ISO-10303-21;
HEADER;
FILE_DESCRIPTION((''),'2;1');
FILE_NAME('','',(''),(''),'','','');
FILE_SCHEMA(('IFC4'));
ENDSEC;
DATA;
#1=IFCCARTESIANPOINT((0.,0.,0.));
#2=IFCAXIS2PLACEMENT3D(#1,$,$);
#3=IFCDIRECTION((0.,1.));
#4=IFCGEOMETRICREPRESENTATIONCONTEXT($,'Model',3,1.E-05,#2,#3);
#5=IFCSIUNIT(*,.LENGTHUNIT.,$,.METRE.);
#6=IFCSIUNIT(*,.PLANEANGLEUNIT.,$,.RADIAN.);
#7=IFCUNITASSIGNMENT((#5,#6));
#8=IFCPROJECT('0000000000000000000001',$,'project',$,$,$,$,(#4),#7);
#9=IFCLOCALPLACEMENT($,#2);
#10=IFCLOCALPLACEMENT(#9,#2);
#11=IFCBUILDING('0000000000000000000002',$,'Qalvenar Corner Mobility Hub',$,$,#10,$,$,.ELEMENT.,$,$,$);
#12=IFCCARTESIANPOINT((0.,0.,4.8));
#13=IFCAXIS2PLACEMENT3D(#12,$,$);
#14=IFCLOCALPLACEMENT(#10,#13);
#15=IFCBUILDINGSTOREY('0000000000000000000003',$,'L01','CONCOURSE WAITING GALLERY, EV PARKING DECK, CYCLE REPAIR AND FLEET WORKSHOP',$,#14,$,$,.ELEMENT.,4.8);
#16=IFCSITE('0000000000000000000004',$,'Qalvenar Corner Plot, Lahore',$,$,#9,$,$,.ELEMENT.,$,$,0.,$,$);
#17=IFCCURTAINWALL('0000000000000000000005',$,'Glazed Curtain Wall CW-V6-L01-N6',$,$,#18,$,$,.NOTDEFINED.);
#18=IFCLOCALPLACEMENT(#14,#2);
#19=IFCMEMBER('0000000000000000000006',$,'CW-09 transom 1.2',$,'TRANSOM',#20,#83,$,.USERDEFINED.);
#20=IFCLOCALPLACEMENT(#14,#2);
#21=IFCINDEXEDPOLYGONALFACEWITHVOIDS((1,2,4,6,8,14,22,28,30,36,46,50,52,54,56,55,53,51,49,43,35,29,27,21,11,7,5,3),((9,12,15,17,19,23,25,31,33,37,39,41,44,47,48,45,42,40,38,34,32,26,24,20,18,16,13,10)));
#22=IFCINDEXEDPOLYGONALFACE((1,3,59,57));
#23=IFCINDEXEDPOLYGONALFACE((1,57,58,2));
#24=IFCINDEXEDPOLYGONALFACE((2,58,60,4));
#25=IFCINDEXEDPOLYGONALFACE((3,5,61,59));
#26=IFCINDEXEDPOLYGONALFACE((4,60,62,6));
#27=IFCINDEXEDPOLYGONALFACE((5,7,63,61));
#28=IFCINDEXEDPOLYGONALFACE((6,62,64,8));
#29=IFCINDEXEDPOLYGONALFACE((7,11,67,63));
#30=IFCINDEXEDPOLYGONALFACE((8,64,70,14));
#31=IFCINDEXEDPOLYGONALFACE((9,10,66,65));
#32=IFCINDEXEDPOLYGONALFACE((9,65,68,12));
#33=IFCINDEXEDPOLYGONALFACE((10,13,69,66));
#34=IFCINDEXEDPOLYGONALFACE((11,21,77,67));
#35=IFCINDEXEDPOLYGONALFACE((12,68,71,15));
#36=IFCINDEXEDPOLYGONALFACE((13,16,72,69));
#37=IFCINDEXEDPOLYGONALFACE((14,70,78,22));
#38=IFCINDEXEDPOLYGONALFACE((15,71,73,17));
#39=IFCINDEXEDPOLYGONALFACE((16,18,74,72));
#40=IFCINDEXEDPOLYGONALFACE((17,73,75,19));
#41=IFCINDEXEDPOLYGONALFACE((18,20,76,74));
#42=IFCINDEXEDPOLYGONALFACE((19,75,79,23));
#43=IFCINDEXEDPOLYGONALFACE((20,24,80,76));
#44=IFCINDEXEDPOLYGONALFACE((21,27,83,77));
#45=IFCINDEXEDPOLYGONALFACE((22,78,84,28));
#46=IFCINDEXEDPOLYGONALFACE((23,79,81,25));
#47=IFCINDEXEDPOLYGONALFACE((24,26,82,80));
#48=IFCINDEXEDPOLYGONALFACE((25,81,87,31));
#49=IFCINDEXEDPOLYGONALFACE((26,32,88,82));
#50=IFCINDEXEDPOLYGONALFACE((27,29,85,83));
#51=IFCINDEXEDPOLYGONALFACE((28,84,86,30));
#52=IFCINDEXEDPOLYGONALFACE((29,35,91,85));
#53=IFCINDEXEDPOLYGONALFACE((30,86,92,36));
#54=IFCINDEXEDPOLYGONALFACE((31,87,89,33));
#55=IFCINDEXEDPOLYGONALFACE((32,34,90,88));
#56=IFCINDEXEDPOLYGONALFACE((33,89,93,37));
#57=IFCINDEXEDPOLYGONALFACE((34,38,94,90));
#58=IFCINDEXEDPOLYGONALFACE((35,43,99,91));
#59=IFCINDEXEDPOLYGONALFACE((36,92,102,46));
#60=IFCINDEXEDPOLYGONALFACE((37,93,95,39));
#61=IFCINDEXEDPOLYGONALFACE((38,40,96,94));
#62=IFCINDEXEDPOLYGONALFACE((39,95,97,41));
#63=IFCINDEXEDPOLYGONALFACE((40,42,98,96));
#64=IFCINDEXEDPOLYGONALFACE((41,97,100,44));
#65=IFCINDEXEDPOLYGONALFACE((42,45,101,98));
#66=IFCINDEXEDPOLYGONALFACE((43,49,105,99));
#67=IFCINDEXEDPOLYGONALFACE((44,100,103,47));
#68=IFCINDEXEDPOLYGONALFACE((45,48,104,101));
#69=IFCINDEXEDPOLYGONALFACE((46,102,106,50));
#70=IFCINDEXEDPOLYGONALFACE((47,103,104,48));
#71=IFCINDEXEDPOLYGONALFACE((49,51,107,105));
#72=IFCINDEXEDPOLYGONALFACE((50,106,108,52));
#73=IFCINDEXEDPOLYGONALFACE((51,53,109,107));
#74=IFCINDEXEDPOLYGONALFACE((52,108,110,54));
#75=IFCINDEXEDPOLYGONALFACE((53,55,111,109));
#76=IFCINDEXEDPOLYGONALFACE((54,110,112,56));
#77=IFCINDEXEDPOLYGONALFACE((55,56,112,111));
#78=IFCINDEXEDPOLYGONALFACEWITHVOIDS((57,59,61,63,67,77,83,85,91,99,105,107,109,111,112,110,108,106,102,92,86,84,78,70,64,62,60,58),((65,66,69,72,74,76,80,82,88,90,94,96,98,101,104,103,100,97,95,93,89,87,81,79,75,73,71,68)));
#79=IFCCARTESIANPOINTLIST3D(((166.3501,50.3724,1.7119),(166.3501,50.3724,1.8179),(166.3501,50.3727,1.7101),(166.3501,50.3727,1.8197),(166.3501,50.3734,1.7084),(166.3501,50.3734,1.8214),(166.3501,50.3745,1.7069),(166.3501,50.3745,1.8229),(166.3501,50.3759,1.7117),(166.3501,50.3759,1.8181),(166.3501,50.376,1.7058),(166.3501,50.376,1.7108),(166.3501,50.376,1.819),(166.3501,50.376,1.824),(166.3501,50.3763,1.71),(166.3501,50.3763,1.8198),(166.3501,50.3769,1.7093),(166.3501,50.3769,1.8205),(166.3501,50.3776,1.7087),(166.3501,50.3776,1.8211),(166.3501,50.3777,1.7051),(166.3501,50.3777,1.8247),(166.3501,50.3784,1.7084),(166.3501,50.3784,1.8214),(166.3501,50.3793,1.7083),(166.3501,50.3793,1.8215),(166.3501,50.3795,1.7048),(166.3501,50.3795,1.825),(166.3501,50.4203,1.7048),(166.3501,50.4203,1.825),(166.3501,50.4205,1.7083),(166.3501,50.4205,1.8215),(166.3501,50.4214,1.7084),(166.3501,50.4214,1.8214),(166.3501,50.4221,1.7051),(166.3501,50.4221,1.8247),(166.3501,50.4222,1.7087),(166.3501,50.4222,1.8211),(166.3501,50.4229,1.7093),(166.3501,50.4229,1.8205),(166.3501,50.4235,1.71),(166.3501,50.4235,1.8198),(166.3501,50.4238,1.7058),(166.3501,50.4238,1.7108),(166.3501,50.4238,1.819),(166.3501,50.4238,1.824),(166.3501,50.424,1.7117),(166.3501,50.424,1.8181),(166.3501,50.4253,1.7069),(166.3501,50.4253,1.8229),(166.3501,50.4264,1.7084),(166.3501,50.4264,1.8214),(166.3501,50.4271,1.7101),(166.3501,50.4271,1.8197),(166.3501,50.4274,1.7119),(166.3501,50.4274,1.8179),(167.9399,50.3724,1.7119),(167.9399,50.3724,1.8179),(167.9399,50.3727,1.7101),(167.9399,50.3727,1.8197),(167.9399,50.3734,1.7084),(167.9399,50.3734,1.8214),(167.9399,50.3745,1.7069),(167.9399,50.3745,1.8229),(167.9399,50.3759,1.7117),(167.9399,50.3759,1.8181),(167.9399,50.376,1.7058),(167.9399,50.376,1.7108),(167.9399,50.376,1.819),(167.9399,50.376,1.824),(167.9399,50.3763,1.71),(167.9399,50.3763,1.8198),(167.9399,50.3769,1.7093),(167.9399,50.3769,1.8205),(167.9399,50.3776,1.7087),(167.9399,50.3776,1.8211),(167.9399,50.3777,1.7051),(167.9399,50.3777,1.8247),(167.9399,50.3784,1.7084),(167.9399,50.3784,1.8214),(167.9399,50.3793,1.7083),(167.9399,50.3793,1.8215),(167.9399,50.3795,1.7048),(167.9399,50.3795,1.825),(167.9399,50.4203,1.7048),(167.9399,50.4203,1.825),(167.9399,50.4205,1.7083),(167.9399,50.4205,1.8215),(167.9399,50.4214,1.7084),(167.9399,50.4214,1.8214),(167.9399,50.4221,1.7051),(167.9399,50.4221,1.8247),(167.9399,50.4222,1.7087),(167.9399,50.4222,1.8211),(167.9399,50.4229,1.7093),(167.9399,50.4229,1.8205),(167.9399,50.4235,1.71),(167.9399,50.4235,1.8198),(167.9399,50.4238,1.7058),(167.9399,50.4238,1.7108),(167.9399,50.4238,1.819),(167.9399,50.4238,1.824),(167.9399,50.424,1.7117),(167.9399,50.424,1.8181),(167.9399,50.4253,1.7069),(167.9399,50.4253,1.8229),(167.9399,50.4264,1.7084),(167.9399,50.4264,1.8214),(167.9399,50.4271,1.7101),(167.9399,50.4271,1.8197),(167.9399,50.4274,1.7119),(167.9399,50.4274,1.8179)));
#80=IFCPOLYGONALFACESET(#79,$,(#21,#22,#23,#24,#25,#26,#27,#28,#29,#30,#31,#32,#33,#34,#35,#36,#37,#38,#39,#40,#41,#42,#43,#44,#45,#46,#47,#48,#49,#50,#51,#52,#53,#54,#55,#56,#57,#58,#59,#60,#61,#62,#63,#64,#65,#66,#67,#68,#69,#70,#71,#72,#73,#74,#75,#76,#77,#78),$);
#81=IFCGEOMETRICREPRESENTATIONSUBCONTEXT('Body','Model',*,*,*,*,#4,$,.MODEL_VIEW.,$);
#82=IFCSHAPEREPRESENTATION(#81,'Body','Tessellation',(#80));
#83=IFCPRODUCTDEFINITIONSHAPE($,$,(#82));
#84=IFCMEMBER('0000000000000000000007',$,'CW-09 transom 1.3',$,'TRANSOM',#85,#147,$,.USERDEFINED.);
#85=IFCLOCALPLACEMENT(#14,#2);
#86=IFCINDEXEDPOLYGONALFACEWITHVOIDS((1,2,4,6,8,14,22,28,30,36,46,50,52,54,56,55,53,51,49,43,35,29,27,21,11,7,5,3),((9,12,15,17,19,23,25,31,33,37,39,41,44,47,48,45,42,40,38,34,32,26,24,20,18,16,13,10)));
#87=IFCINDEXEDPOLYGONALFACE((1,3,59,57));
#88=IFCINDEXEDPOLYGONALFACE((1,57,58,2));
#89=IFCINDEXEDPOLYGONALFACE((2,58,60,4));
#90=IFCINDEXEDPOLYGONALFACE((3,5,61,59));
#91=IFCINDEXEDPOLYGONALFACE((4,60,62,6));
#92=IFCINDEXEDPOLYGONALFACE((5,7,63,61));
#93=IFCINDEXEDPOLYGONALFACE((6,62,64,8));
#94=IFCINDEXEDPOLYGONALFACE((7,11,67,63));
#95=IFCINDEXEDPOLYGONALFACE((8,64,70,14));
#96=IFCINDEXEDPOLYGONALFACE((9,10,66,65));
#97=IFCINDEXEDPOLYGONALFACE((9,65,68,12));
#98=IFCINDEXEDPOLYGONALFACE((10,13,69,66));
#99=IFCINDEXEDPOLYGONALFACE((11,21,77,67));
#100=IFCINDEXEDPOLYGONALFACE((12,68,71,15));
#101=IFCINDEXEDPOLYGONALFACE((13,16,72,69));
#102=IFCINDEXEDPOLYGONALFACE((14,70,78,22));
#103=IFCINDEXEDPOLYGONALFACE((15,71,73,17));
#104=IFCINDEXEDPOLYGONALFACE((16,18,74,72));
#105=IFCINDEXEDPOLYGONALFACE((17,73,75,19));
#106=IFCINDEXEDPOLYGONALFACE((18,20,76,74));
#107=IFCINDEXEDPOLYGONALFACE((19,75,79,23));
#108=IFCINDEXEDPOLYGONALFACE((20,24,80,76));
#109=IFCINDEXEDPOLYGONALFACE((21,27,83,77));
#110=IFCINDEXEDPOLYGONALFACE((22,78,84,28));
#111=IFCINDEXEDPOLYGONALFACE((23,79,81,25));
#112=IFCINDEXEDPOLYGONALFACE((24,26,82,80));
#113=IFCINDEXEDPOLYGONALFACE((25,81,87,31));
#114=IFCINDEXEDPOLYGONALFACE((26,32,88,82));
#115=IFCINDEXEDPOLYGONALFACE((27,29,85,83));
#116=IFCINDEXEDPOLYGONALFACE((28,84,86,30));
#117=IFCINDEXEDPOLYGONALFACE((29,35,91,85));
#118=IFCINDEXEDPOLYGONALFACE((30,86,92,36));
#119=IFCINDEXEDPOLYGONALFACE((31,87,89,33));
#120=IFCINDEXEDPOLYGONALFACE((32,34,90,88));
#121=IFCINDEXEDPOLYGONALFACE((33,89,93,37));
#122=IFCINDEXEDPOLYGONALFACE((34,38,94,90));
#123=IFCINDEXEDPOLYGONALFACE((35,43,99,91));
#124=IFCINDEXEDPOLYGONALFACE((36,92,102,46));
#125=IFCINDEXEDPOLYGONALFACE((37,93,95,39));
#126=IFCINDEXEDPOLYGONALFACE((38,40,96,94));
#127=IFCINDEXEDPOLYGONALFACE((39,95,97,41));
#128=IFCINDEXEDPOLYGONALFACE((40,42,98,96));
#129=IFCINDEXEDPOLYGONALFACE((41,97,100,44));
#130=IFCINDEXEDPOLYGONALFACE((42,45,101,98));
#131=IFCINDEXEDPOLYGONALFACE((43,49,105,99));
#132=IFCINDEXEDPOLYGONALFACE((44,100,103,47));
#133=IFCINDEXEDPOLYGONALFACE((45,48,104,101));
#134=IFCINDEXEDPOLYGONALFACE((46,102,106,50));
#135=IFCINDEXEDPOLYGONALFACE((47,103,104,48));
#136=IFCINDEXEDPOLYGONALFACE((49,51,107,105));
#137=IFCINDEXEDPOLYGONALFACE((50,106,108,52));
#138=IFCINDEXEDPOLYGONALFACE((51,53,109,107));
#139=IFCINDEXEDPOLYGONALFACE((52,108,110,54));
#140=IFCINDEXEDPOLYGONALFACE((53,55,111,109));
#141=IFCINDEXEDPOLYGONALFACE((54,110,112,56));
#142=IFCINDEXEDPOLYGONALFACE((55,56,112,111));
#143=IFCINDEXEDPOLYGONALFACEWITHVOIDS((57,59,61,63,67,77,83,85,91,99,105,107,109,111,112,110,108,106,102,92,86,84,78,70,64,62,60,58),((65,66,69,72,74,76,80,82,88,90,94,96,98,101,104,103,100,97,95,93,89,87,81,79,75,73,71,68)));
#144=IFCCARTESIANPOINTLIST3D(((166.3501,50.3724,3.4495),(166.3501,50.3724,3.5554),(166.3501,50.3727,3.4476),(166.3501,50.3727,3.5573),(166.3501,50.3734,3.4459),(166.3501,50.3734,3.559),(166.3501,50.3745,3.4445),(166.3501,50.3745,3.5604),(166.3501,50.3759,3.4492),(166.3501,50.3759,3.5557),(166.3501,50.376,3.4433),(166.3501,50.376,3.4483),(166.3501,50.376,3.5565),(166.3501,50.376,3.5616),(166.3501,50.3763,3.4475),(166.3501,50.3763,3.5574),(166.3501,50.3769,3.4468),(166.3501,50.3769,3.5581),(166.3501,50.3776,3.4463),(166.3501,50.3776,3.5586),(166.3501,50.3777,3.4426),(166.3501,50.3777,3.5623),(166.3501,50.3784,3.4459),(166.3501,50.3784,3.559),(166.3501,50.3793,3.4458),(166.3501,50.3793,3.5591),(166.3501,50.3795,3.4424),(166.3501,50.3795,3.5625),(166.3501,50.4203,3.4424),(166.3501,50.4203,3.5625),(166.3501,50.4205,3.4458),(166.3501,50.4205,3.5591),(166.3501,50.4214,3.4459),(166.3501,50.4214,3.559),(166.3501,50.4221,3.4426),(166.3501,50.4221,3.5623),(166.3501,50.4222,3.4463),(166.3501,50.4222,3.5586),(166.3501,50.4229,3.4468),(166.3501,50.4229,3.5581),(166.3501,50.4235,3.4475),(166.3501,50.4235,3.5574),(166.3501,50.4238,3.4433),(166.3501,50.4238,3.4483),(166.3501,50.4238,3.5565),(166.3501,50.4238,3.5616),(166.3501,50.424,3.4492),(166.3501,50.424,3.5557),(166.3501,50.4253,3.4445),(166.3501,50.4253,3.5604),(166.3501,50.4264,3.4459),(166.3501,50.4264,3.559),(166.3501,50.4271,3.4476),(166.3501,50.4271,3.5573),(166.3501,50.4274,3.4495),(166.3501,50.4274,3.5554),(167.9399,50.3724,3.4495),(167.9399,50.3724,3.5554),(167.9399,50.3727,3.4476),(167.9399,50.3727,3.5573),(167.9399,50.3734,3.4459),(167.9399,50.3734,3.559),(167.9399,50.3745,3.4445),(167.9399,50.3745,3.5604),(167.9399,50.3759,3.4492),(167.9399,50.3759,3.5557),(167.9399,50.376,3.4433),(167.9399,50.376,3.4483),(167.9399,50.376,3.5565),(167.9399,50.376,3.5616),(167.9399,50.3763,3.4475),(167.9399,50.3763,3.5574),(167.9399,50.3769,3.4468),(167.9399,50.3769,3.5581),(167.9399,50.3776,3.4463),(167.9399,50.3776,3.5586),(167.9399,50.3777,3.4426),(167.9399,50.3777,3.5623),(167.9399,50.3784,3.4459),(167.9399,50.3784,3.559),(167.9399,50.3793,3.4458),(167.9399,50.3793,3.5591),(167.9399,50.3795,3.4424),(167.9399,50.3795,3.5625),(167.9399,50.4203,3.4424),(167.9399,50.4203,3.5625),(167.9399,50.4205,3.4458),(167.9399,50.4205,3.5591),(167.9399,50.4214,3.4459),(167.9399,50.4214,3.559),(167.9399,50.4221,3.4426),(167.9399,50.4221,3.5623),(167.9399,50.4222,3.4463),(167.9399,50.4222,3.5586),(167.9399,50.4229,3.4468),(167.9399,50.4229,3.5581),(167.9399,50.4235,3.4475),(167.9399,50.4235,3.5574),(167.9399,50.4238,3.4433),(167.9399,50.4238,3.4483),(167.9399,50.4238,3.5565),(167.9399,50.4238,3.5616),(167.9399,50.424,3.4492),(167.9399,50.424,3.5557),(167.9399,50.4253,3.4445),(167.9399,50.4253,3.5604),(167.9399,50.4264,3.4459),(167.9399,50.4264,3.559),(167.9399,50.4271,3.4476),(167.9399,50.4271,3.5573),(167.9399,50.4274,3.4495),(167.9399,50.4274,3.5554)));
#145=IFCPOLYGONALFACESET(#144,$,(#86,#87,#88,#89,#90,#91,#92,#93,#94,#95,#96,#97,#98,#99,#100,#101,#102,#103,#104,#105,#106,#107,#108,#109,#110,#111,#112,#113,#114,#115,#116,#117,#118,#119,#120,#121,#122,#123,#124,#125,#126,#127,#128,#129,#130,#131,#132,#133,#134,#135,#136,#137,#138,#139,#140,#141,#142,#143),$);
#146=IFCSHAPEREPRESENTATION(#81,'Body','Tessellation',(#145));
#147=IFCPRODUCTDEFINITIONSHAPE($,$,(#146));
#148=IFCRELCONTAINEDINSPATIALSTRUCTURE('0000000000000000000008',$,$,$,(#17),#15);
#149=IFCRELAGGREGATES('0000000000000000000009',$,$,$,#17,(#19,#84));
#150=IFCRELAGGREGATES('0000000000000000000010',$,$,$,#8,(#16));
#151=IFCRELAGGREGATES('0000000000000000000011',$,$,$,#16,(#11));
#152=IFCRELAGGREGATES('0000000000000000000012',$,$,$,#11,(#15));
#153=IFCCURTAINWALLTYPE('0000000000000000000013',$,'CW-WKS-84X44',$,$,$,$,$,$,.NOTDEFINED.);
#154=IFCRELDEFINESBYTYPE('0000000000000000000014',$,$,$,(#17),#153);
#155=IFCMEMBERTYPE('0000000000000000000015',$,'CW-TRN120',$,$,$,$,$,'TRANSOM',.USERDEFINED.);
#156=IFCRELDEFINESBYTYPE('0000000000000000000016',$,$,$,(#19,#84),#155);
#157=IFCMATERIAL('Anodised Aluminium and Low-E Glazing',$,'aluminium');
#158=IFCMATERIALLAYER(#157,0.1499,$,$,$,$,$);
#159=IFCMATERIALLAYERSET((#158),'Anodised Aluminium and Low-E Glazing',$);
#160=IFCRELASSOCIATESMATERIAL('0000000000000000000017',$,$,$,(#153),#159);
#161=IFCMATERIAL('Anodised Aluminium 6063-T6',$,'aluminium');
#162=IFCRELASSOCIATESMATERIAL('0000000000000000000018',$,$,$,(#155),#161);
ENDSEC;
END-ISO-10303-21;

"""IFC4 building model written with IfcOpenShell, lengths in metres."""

from ifc_helpers import new_model, si_unit, direction, frame, origin, origin_2d, place, context, subcontext, project, spatial, hollow_rectangle, extrude, material, layer, layer_set, material_profile, profile_set, type_object, element, aggregate, save


model = new_model("IFC4")

# Units and contexts
model_context = context("Model", 3, precision=1e-05, world=origin(), true_north=direction((0.0, 1.0)))
body_context = subcontext(model_context, "Body", "Model", "MODEL_VIEW")
ifc_project = project(units=[si_unit("LENGTHUNIT", "METRE"), si_unit("PLANEANGLEUNIT", "RADIAN")], contexts=[model_context])

# Site, building, storey
site_placement = place(None, origin())
site = spatial("IfcSite", under=ifc_project, at=site_placement, Name="Qalvenar Corner Plot, Lahore", CompositionType="ELEMENT", RefElevation=0.0)
building_placement = place(site_placement, origin())
building = spatial("IfcBuilding", under=site, at=building_placement, Name="Qalvenar Corner Mobility Hub", CompositionType="ELEMENT")
storey_placement = place(building_placement, frame((0.0, 0.0, 4.8)))
storey = spatial("IfcBuildingStorey", under=building, at=storey_placement, Name="L01", Description="CONCOURSE WAITING GALLERY, EV PARKING DECK, CYCLE REPAIR AND FLEET WORKSHOP", CompositionType="ELEMENT", Elevation=4.8)

# Curtain wall, members
ifc_material_1 = material(Name="Anodised Aluminium and Low-E Glazing", Category="aluminium")
ifc_layer_1 = layer(ifc_material_1, 0.1499)
ifc_layer_set_1 = layer_set([ifc_layer_1], Name="Anodised Aluminium and Low-E Glazing")
curtain_wall_type = type_object("IfcCurtainWallType", Name="CW-WKS-84X44", PredefinedType="NOTDEFINED", material=ifc_layer_set_1)
curtain_wall_placement = place(storey_placement, origin())
curtain_wall = element("IfcCurtainWall", 1, at=curtain_wall_placement, inside=storey, type_object=curtain_wall_type, Name="Glazed Curtain Wall CW-V6-L01-N6", PredefinedType="NOTDEFINED")
ifc_material_2 = material(Name="Anodised Aluminium 6063-T6", Category="aluminium")
ifc_material_profile_1 = material_profile(ifc_material_2, hollow_rectangle(XDim=0.0549, YDim=0.1201, WallThickness=0.0034, InnerFilletRadius=0.0034, OuterFilletRadius=0.0071, at=origin_2d()), Name="RHS120x55x3.5")
ifc_profile_set_1 = profile_set([ifc_material_profile_1], Name="Anodised Aluminium 6063-T6")
member_type_1 = type_object("IfcMemberType", Name="CW-TRN120", ElementType="TRANSOM", PredefinedType="USERDEFINED", material=ifc_profile_set_1)
member_1_placement = place(storey_placement, frame((167.9399, 50.3999, 1.7649), z_axis=(-1.0, 0.0, 0.0), x_axis=(0.0, -1.0, 0.0)))
member_1 = element("IfcMember", 2, at=member_1_placement, type_object=member_type_1, Name="CW-09 transom 1.2", ObjectType="TRANSOM", PredefinedType="USERDEFINED", context=body_context, shape_type="SweptSolid", body=[
    extrude(hollow_rectangle(XDim=0.0549, YDim=0.1201, WallThickness=0.0034, InnerFilletRadius=0.0034, OuterFilletRadius=0.0071, at=origin_2d()), origin(), (0.0, 0.0, 1.0), 1.5898),
])
member_2_placement = place(storey_placement, frame((167.9399, 50.3999, 3.5024), z_axis=(-1.0, 0.0, 0.0), x_axis=(0.0, -1.0, 0.0)))
member_2 = element("IfcMember", 3, at=member_2_placement, type_object=member_type_1, Name="CW-09 transom 1.3", ObjectType="TRANSOM", PredefinedType="USERDEFINED", context=body_context, shape_type="SweptSolid", body=[
    extrude(hollow_rectangle(XDim=0.0549, YDim=0.1201, WallThickness=0.0034, InnerFilletRadius=0.0034, OuterFilletRadius=0.0071, at=origin_2d()), origin(), (0.0, 0.0, 1.0), 1.5898),
])
aggregate(curtain_wall, [member_1, member_2])

save(model, "model.ifc")
